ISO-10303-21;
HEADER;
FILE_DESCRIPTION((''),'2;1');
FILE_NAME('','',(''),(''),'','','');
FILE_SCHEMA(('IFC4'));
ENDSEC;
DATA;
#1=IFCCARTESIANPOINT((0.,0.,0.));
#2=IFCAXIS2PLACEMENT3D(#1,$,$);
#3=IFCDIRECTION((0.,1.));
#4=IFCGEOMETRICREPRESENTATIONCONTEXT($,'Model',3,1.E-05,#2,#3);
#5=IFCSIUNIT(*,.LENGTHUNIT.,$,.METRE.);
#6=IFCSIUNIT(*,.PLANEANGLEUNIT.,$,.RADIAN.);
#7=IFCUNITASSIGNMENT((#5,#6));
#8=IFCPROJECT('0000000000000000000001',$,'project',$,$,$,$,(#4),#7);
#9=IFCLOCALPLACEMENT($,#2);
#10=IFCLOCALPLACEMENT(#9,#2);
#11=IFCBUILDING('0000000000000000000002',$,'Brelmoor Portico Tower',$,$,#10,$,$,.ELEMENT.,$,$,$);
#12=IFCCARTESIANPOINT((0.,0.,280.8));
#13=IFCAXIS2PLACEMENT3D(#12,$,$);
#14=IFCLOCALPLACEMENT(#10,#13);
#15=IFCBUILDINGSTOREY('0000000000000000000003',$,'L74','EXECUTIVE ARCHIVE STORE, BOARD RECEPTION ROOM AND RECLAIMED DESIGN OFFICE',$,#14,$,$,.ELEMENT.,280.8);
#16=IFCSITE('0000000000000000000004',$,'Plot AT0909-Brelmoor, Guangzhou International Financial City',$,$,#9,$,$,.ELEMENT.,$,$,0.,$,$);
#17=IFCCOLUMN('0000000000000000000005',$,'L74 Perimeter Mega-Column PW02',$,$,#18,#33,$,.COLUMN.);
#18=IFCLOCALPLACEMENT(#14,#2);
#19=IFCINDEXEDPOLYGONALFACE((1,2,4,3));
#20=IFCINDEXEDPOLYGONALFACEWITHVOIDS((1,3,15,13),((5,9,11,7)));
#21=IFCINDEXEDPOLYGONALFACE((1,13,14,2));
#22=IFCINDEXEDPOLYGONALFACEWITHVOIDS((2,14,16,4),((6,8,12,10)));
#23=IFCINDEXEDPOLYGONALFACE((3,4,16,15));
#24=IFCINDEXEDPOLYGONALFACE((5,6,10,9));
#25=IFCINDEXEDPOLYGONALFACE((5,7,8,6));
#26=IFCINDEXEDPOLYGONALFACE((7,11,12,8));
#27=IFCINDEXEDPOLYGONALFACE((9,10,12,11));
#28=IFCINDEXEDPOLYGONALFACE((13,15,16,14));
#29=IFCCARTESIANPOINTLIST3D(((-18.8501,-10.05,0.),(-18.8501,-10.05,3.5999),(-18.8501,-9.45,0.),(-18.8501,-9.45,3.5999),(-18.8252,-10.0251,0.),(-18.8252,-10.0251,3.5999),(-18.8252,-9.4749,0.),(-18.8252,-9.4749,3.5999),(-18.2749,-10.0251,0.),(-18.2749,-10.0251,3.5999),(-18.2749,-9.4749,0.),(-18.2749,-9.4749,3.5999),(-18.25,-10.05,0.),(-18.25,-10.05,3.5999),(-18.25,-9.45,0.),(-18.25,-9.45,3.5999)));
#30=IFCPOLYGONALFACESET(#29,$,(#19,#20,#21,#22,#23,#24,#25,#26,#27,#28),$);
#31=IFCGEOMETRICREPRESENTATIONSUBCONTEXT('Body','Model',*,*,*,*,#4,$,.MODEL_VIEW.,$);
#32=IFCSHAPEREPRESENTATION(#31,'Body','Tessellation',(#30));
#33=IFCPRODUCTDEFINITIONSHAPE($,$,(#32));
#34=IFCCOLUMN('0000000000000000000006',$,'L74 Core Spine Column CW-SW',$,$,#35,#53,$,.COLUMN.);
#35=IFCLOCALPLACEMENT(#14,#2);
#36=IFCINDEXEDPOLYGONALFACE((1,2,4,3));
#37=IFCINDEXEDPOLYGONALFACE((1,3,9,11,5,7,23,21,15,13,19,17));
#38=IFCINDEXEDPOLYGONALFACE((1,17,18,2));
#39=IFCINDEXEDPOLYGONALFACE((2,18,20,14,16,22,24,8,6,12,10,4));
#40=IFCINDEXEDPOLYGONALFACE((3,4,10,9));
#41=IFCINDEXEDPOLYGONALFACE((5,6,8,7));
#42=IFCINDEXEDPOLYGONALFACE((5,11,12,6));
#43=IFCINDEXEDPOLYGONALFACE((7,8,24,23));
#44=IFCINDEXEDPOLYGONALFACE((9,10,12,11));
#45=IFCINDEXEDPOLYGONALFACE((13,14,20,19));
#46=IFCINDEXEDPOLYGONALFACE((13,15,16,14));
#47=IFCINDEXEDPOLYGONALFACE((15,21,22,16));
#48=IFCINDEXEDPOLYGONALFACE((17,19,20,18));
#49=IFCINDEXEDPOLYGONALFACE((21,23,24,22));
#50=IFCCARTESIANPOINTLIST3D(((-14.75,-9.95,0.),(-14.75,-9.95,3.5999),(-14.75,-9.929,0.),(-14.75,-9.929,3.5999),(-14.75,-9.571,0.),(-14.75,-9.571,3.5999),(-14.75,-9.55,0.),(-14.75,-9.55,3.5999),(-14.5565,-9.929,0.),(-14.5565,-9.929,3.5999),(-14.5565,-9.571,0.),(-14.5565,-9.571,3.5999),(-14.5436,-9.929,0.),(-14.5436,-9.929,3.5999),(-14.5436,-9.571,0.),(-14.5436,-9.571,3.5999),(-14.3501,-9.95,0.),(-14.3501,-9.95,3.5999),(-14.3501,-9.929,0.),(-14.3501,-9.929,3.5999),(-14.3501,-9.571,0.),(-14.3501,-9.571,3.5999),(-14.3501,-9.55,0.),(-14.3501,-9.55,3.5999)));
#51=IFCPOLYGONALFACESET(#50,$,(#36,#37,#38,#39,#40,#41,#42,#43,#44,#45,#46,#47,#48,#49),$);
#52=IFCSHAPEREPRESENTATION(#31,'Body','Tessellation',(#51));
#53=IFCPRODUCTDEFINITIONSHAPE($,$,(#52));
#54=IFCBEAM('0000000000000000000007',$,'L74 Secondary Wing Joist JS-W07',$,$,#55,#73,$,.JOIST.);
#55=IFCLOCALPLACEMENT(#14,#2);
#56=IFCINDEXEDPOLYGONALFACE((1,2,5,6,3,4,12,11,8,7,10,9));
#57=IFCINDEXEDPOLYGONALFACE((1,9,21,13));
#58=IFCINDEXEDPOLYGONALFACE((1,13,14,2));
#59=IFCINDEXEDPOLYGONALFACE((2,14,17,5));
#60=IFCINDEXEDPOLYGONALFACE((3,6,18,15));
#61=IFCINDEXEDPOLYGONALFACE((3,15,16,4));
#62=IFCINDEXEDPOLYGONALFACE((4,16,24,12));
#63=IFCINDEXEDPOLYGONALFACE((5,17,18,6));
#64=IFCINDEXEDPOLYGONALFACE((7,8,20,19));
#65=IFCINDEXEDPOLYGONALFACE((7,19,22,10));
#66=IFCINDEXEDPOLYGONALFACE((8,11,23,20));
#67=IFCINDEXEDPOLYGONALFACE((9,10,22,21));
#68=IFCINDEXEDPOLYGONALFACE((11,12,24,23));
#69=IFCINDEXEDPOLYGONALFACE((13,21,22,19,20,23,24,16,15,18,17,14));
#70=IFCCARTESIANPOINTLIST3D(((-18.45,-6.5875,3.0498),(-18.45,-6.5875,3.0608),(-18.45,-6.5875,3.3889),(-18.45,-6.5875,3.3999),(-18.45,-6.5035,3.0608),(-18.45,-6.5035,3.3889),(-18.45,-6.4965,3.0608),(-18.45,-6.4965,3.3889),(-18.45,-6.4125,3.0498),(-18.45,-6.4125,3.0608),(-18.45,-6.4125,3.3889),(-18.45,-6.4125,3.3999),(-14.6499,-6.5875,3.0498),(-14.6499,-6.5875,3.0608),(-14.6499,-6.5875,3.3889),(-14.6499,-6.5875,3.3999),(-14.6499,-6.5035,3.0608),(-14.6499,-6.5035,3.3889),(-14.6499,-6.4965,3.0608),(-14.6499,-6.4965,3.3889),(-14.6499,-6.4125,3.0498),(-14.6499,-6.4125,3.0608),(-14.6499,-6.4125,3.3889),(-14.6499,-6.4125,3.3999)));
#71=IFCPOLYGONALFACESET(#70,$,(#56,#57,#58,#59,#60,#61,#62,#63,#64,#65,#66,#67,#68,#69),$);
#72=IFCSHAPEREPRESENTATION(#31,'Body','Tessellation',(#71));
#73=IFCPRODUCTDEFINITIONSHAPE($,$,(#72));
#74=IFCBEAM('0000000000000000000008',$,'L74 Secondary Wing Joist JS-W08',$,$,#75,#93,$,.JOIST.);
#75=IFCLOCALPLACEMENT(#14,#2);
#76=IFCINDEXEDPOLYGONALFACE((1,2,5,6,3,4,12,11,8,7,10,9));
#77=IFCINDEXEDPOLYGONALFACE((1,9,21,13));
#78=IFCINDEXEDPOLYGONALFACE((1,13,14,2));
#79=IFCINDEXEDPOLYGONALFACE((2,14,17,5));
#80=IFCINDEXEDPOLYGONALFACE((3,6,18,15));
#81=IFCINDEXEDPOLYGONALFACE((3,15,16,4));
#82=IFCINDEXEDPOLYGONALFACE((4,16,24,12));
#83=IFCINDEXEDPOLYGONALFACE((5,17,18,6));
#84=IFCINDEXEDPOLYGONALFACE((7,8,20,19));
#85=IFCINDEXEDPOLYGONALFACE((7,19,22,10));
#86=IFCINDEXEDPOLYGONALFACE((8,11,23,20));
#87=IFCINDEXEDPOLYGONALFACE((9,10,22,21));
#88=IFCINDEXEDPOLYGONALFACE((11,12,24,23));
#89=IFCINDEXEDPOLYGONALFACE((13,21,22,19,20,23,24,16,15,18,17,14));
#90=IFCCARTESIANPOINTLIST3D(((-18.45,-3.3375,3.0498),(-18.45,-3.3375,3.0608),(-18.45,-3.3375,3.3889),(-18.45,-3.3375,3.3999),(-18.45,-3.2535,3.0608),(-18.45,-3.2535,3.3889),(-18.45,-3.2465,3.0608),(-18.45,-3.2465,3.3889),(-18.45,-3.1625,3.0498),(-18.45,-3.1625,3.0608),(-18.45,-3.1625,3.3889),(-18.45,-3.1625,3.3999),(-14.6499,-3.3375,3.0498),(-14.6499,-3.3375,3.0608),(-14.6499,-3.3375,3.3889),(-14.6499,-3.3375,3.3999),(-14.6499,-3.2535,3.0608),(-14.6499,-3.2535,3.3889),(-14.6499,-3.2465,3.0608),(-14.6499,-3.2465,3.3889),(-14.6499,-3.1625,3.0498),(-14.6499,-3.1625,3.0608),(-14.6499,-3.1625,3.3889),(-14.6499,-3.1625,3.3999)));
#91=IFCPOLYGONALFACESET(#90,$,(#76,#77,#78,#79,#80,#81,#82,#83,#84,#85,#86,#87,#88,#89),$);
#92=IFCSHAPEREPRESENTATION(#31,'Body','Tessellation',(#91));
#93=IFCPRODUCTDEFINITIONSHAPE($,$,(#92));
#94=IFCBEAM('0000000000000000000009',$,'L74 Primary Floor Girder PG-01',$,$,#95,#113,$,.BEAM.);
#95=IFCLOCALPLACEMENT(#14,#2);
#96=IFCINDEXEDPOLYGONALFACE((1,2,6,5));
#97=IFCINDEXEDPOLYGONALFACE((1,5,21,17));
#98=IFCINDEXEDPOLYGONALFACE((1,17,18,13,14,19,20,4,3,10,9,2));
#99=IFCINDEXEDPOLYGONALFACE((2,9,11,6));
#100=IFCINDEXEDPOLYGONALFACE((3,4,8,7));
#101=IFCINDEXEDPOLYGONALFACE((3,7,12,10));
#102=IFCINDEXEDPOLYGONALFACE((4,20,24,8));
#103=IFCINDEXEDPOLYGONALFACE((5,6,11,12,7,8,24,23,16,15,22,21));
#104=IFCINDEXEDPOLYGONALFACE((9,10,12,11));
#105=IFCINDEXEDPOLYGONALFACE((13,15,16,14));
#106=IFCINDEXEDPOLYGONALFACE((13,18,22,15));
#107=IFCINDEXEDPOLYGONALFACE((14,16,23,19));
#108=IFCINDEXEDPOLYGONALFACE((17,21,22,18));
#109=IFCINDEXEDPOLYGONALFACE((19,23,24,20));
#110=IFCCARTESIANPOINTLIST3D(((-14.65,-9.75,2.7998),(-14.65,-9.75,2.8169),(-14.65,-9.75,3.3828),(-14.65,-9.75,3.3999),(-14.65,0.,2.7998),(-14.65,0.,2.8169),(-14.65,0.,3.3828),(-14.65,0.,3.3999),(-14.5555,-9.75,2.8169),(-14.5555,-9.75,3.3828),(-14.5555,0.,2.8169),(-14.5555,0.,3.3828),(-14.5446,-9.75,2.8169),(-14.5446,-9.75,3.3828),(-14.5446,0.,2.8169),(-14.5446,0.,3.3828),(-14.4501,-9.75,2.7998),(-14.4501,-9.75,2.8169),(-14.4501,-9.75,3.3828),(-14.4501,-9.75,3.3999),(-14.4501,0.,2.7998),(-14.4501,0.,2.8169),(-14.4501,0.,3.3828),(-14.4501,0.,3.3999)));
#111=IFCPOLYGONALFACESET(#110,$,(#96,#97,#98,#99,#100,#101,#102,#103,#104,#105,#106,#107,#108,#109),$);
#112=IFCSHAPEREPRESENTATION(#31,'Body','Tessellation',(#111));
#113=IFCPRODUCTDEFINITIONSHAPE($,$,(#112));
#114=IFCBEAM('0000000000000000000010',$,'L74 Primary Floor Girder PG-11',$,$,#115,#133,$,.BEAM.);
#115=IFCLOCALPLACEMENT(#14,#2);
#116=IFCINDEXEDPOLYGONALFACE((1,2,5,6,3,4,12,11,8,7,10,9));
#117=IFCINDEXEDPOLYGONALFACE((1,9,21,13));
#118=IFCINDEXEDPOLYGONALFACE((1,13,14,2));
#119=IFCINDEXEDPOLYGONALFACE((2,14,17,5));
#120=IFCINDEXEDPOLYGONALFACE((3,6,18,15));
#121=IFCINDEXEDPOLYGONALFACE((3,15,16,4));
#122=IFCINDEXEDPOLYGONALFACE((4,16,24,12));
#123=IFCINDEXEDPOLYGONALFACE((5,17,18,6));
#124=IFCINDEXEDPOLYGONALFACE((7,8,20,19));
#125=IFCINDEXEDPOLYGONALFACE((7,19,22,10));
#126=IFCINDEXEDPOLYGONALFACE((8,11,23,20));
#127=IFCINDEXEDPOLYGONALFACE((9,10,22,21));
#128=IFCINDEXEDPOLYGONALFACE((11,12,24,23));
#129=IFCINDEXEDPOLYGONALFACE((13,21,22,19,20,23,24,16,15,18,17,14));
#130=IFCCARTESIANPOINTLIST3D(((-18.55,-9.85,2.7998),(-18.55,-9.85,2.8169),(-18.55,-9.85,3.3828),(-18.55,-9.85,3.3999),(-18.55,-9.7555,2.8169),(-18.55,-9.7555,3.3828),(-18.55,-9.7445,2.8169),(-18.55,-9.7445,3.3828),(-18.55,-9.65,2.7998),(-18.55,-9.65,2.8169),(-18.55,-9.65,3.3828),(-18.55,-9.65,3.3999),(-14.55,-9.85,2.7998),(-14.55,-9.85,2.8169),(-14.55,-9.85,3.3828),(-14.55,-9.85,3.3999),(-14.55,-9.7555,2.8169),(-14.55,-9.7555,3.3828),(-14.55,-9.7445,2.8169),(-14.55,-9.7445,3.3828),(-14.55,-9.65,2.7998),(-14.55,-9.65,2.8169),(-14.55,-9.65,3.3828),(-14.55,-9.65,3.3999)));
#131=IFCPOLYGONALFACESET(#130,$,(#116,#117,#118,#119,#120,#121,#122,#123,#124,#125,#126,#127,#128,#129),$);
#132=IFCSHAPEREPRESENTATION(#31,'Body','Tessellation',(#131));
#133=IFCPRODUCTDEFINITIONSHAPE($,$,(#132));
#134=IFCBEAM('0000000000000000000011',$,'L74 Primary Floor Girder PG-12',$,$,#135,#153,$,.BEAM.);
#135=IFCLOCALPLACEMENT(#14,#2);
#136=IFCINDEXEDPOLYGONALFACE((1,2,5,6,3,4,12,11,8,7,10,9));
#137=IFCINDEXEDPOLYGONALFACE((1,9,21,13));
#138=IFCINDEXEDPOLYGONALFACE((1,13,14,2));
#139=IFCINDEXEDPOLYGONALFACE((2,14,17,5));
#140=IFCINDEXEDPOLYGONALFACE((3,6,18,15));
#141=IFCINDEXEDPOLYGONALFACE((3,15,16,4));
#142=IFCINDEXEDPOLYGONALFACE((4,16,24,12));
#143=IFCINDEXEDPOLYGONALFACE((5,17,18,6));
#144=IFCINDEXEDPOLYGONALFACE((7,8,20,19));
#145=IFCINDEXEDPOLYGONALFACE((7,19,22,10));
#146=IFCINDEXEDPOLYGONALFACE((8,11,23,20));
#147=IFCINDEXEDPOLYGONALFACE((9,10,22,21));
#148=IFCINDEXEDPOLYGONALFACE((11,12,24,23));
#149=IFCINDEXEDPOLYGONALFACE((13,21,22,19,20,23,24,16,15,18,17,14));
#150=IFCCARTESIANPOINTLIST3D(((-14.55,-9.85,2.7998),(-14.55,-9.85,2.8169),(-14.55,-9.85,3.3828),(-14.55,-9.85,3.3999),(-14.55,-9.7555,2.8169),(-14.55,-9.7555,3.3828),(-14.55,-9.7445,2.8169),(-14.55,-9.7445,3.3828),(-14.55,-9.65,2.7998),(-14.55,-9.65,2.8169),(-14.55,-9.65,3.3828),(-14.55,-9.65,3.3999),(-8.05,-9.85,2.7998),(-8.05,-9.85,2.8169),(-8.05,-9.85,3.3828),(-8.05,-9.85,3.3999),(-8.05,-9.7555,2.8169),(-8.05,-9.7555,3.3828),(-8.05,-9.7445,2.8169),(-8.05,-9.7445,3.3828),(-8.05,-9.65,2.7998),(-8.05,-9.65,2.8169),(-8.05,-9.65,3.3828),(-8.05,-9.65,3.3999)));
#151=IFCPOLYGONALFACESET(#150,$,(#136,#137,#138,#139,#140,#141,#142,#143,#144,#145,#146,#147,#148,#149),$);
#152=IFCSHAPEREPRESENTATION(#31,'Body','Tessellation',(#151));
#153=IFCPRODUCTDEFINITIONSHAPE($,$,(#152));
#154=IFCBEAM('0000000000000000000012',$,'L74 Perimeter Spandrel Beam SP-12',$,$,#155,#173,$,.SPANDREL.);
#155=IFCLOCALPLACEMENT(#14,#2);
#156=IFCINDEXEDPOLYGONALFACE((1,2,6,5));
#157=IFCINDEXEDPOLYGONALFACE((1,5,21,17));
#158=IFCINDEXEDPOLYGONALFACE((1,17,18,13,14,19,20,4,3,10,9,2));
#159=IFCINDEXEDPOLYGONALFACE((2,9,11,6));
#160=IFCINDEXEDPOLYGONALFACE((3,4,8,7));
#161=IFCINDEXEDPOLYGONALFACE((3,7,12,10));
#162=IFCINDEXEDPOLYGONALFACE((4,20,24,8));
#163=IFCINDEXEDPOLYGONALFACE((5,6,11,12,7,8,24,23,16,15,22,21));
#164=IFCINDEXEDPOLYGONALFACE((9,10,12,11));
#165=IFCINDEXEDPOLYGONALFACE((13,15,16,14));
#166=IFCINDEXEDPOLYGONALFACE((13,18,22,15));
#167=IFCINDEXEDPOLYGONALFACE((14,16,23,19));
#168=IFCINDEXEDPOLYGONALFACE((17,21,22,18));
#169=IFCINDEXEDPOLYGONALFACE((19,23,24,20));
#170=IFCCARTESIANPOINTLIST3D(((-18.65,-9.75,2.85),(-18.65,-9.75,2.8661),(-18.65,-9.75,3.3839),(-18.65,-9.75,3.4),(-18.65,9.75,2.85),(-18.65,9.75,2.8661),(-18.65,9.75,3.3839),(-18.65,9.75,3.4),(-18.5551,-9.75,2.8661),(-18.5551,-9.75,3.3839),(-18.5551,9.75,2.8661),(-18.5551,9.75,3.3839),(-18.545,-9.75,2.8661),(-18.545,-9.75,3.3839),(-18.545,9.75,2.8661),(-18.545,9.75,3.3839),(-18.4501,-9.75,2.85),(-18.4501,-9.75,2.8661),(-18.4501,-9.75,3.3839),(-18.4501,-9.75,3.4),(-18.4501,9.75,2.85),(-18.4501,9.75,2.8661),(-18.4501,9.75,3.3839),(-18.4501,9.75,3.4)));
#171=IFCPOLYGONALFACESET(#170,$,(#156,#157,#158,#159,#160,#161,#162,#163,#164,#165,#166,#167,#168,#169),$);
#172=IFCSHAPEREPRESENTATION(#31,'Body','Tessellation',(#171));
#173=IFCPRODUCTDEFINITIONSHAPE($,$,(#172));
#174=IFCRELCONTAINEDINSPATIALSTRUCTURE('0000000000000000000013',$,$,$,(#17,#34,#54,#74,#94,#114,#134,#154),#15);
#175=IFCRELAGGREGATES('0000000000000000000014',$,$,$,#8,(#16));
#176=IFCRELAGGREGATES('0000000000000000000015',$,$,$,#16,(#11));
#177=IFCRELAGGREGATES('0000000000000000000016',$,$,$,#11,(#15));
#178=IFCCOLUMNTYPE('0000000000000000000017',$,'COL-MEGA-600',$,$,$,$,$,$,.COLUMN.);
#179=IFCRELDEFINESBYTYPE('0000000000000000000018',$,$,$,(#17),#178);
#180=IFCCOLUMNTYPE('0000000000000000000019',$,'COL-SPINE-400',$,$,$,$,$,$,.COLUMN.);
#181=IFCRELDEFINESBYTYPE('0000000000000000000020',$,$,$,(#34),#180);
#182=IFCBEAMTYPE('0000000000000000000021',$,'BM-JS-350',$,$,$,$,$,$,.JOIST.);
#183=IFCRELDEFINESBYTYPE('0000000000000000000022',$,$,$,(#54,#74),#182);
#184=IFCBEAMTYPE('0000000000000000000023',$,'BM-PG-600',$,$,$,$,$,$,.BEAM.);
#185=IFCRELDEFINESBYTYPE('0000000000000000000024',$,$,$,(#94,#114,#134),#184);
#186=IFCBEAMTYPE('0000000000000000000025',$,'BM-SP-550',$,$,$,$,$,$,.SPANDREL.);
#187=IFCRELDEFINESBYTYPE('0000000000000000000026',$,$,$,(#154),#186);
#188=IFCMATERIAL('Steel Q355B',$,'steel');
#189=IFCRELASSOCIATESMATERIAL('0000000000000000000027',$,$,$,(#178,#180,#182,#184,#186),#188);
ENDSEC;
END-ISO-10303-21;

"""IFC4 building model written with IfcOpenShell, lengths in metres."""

from ifc_helpers import new_model, si_unit, direction, frame, origin, origin_2d, place, context, subcontext, project, spatial, hollow_rectangle, i_section, extrude, material, material_profile, profile_set, type_object, element, save


model = new_model("IFC4")

# Units and contexts
model_context = context("Model", 3, precision=1e-05, world=origin(), true_north=direction((0.0, 1.0)))
body_context = subcontext(model_context, "Body", "Model", "MODEL_VIEW")
ifc_project = project(units=[si_unit("LENGTHUNIT", "METRE"), si_unit("PLANEANGLEUNIT", "RADIAN")], contexts=[model_context])

# Site, building, storey
site_placement = place(None, origin())
site = spatial("IfcSite", under=ifc_project, at=site_placement, Name="Plot AT0909-Brelmoor, Guangzhou International Financial City", CompositionType="ELEMENT", RefElevation=0.0)
building_placement = place(site_placement, origin())
building = spatial("IfcBuilding", under=site, at=building_placement, Name="Brelmoor Portico Tower", CompositionType="ELEMENT")
storey_placement = place(building_placement, frame((0.0, 0.0, 280.8)))
storey = spatial("IfcBuildingStorey", under=building, at=storey_placement, Name="L74", Description="EXECUTIVE ARCHIVE STORE, BOARD RECEPTION ROOM AND RECLAIMED DESIGN OFFICE", CompositionType="ELEMENT", Elevation=280.8)

# Columns
ifc_material_1 = material(Name="Steel Q355B", Category="steel")
ifc_material_profile_1 = material_profile(ifc_material_1, hollow_rectangle(XDim=0.6001, YDim=0.6001, WallThickness=0.0249, at=origin_2d()), Name="BOX 600x600x25")
ifc_profile_set_1 = profile_set([ifc_material_profile_1], Name="Steel Q355B")
column_type_1 = type_object("IfcColumnType", Name="COL-MEGA-600", PredefinedType="COLUMN", material=ifc_profile_set_1)
column_1_placement = place(storey_placement, frame((-18.55, -9.75, 0.0), z_axis=(0.0, 0.0, 1.0), x_axis=(0.0, 1.0, 0.0)))
element("IfcColumn", 1, at=column_1_placement, inside=storey, type_object=column_type_1, Name="L74 Perimeter Mega-Column PW02", PredefinedType="COLUMN", context=body_context, shape_type="SweptSolid", body=[
    extrude(hollow_rectangle(XDim=0.6001, YDim=0.6001, WallThickness=0.0249, at=origin_2d()), origin(), (0.0, 0.0, 1.0), 3.5999),
])
ifc_material_profile_2 = material_profile(ifc_material_1, i_section(OverallWidth=0.3999, OverallDepth=0.3999, WebThickness=0.0129, FlangeThickness=0.021, at=origin_2d()), Name="HW 400x400x13x21")
ifc_profile_set_2 = profile_set([ifc_material_profile_2], Name="Steel Q355B")
column_type_2 = type_object("IfcColumnType", Name="COL-SPINE-400", PredefinedType="COLUMN", material=ifc_profile_set_2)
column_2_placement = place(storey_placement, frame((-14.55, -9.75, 0.0), z_axis=(0.0, 0.0, 1.0), x_axis=(1.0, 0.0, 0.0)))
element("IfcColumn", 2, at=column_2_placement, inside=storey, type_object=column_type_2, Name="L74 Core Spine Column CW-SW", PredefinedType="COLUMN", context=body_context, shape_type="SweptSolid", body=[
    extrude(i_section(OverallWidth=0.3999, OverallDepth=0.3999, WebThickness=0.0129, FlangeThickness=0.021, at=origin_2d()), origin(), (0.0, 0.0, 1.0), 3.5999),
])

# Beams
ifc_material_profile_3 = material_profile(ifc_material_1, i_section(OverallWidth=0.175, OverallDepth=0.3501, WebThickness=0.0071, FlangeThickness=0.011, at=origin_2d()), Name="HN 350x175x7x11")
ifc_profile_set_3 = profile_set([ifc_material_profile_3], Name="Steel Q355B")
beam_type_1 = type_object("IfcBeamType", Name="BM-JS-350", PredefinedType="JOIST", material=ifc_profile_set_3)
for number, where, z_axis, x_axis, name in (
    (3, (-18.45, -6.5, 3.2249), (1.0, 0.0, 0.0), (0.0, 1.0, 0.0), "L74 Secondary Wing Joist JS-W07"),
    (4, (-18.45, -3.25, 3.2249), (1.0, 0.0, 0.0), (0.0, 1.0, 0.0), "L74 Secondary Wing Joist JS-W08"),
):
    element("IfcBeam", number, at=place(storey_placement, frame(where, z_axis=z_axis, x_axis=x_axis)), inside=storey, type_object=beam_type_1, Name=name, PredefinedType="JOIST", context=body_context, shape_type="SweptSolid", body=[
        extrude(i_section(OverallWidth=0.175, OverallDepth=0.3501, WebThickness=0.0071, FlangeThickness=0.011, at=origin_2d()), origin(), (0.0, 0.0, 1.0), 3.8),
    ])
ifc_material_profile_4 = material_profile(ifc_material_1, i_section(OverallWidth=0.2, OverallDepth=0.6001, WebThickness=0.011, FlangeThickness=0.0171, at=origin_2d()), Name="HN 600x200x11x17")
ifc_profile_set_4 = profile_set([ifc_material_profile_4], Name="Steel Q355B")
beam_type_2 = type_object("IfcBeamType", Name="BM-PG-600", PredefinedType="BEAM", material=ifc_profile_set_4)
beam_1_placement = place(storey_placement, frame((-14.55, -9.75, 3.0999), z_axis=(0.0, 1.0, 0.0), x_axis=(-1.0, 0.0, 0.0)))
element("IfcBeam", 5, at=beam_1_placement, inside=storey, type_object=beam_type_2, Name="L74 Primary Floor Girder PG-01", PredefinedType="BEAM", context=body_context, shape_type="SweptSolid", body=[
    extrude(i_section(OverallWidth=0.2, OverallDepth=0.6001, WebThickness=0.011, FlangeThickness=0.0171, at=origin_2d()), origin(), (0.0, 0.0, 1.0), 9.75),
])
beam_2_placement = place(storey_placement, frame((-18.55, -9.75, 3.0999), z_axis=(1.0, 0.0, 0.0), x_axis=(0.0, 1.0, 0.0)))
element("IfcBeam", 6, at=beam_2_placement, inside=storey, type_object=beam_type_2, Name="L74 Primary Floor Girder PG-11", PredefinedType="BEAM", context=body_context, shape_type="SweptSolid", body=[
    extrude(i_section(OverallWidth=0.2, OverallDepth=0.6001, WebThickness=0.011, FlangeThickness=0.0171, at=origin_2d()), origin(), (0.0, 0.0, 1.0), 4.0),
])
beam_3_placement = place(storey_placement, frame((-14.55, -9.75, 3.0999), z_axis=(1.0, 0.0, 0.0), x_axis=(0.0, 1.0, 0.0)))
element("IfcBeam", 7, at=beam_3_placement, inside=storey, type_object=beam_type_2, Name="L74 Primary Floor Girder PG-12", PredefinedType="BEAM", context=body_context, shape_type="SweptSolid", body=[
    extrude(i_section(OverallWidth=0.2, OverallDepth=0.6001, WebThickness=0.011, FlangeThickness=0.0171, at=origin_2d()), origin(), (0.0, 0.0, 1.0), 6.5),
])
ifc_material_profile_5 = material_profile(ifc_material_1, i_section(OverallWidth=0.2, OverallDepth=0.55, WebThickness=0.01, FlangeThickness=0.0161, at=origin_2d()), Name="HN 550x200x10x16")
ifc_profile_set_5 = profile_set([ifc_material_profile_5], Name="Steel Q355B")
beam_type_3 = type_object("IfcBeamType", Name="BM-SP-550", PredefinedType="SPANDREL", material=ifc_profile_set_5)
beam_4_placement = place(storey_placement, frame((-18.55, -9.75, 3.125), z_axis=(0.0, 1.0, 0.0), x_axis=(-1.0, 0.0, 0.0)))
element("IfcBeam", 8, at=beam_4_placement, inside=storey, type_object=beam_type_3, Name="L74 Perimeter Spandrel Beam SP-12", PredefinedType="SPANDREL", context=body_context, shape_type="SweptSolid", body=[
    extrude(i_section(OverallWidth=0.2, OverallDepth=0.55, WebThickness=0.01, FlangeThickness=0.0161, at=origin_2d()), origin(), (0.0, 0.0, 1.0), 19.5),
])

save(model, "model.ifc")
